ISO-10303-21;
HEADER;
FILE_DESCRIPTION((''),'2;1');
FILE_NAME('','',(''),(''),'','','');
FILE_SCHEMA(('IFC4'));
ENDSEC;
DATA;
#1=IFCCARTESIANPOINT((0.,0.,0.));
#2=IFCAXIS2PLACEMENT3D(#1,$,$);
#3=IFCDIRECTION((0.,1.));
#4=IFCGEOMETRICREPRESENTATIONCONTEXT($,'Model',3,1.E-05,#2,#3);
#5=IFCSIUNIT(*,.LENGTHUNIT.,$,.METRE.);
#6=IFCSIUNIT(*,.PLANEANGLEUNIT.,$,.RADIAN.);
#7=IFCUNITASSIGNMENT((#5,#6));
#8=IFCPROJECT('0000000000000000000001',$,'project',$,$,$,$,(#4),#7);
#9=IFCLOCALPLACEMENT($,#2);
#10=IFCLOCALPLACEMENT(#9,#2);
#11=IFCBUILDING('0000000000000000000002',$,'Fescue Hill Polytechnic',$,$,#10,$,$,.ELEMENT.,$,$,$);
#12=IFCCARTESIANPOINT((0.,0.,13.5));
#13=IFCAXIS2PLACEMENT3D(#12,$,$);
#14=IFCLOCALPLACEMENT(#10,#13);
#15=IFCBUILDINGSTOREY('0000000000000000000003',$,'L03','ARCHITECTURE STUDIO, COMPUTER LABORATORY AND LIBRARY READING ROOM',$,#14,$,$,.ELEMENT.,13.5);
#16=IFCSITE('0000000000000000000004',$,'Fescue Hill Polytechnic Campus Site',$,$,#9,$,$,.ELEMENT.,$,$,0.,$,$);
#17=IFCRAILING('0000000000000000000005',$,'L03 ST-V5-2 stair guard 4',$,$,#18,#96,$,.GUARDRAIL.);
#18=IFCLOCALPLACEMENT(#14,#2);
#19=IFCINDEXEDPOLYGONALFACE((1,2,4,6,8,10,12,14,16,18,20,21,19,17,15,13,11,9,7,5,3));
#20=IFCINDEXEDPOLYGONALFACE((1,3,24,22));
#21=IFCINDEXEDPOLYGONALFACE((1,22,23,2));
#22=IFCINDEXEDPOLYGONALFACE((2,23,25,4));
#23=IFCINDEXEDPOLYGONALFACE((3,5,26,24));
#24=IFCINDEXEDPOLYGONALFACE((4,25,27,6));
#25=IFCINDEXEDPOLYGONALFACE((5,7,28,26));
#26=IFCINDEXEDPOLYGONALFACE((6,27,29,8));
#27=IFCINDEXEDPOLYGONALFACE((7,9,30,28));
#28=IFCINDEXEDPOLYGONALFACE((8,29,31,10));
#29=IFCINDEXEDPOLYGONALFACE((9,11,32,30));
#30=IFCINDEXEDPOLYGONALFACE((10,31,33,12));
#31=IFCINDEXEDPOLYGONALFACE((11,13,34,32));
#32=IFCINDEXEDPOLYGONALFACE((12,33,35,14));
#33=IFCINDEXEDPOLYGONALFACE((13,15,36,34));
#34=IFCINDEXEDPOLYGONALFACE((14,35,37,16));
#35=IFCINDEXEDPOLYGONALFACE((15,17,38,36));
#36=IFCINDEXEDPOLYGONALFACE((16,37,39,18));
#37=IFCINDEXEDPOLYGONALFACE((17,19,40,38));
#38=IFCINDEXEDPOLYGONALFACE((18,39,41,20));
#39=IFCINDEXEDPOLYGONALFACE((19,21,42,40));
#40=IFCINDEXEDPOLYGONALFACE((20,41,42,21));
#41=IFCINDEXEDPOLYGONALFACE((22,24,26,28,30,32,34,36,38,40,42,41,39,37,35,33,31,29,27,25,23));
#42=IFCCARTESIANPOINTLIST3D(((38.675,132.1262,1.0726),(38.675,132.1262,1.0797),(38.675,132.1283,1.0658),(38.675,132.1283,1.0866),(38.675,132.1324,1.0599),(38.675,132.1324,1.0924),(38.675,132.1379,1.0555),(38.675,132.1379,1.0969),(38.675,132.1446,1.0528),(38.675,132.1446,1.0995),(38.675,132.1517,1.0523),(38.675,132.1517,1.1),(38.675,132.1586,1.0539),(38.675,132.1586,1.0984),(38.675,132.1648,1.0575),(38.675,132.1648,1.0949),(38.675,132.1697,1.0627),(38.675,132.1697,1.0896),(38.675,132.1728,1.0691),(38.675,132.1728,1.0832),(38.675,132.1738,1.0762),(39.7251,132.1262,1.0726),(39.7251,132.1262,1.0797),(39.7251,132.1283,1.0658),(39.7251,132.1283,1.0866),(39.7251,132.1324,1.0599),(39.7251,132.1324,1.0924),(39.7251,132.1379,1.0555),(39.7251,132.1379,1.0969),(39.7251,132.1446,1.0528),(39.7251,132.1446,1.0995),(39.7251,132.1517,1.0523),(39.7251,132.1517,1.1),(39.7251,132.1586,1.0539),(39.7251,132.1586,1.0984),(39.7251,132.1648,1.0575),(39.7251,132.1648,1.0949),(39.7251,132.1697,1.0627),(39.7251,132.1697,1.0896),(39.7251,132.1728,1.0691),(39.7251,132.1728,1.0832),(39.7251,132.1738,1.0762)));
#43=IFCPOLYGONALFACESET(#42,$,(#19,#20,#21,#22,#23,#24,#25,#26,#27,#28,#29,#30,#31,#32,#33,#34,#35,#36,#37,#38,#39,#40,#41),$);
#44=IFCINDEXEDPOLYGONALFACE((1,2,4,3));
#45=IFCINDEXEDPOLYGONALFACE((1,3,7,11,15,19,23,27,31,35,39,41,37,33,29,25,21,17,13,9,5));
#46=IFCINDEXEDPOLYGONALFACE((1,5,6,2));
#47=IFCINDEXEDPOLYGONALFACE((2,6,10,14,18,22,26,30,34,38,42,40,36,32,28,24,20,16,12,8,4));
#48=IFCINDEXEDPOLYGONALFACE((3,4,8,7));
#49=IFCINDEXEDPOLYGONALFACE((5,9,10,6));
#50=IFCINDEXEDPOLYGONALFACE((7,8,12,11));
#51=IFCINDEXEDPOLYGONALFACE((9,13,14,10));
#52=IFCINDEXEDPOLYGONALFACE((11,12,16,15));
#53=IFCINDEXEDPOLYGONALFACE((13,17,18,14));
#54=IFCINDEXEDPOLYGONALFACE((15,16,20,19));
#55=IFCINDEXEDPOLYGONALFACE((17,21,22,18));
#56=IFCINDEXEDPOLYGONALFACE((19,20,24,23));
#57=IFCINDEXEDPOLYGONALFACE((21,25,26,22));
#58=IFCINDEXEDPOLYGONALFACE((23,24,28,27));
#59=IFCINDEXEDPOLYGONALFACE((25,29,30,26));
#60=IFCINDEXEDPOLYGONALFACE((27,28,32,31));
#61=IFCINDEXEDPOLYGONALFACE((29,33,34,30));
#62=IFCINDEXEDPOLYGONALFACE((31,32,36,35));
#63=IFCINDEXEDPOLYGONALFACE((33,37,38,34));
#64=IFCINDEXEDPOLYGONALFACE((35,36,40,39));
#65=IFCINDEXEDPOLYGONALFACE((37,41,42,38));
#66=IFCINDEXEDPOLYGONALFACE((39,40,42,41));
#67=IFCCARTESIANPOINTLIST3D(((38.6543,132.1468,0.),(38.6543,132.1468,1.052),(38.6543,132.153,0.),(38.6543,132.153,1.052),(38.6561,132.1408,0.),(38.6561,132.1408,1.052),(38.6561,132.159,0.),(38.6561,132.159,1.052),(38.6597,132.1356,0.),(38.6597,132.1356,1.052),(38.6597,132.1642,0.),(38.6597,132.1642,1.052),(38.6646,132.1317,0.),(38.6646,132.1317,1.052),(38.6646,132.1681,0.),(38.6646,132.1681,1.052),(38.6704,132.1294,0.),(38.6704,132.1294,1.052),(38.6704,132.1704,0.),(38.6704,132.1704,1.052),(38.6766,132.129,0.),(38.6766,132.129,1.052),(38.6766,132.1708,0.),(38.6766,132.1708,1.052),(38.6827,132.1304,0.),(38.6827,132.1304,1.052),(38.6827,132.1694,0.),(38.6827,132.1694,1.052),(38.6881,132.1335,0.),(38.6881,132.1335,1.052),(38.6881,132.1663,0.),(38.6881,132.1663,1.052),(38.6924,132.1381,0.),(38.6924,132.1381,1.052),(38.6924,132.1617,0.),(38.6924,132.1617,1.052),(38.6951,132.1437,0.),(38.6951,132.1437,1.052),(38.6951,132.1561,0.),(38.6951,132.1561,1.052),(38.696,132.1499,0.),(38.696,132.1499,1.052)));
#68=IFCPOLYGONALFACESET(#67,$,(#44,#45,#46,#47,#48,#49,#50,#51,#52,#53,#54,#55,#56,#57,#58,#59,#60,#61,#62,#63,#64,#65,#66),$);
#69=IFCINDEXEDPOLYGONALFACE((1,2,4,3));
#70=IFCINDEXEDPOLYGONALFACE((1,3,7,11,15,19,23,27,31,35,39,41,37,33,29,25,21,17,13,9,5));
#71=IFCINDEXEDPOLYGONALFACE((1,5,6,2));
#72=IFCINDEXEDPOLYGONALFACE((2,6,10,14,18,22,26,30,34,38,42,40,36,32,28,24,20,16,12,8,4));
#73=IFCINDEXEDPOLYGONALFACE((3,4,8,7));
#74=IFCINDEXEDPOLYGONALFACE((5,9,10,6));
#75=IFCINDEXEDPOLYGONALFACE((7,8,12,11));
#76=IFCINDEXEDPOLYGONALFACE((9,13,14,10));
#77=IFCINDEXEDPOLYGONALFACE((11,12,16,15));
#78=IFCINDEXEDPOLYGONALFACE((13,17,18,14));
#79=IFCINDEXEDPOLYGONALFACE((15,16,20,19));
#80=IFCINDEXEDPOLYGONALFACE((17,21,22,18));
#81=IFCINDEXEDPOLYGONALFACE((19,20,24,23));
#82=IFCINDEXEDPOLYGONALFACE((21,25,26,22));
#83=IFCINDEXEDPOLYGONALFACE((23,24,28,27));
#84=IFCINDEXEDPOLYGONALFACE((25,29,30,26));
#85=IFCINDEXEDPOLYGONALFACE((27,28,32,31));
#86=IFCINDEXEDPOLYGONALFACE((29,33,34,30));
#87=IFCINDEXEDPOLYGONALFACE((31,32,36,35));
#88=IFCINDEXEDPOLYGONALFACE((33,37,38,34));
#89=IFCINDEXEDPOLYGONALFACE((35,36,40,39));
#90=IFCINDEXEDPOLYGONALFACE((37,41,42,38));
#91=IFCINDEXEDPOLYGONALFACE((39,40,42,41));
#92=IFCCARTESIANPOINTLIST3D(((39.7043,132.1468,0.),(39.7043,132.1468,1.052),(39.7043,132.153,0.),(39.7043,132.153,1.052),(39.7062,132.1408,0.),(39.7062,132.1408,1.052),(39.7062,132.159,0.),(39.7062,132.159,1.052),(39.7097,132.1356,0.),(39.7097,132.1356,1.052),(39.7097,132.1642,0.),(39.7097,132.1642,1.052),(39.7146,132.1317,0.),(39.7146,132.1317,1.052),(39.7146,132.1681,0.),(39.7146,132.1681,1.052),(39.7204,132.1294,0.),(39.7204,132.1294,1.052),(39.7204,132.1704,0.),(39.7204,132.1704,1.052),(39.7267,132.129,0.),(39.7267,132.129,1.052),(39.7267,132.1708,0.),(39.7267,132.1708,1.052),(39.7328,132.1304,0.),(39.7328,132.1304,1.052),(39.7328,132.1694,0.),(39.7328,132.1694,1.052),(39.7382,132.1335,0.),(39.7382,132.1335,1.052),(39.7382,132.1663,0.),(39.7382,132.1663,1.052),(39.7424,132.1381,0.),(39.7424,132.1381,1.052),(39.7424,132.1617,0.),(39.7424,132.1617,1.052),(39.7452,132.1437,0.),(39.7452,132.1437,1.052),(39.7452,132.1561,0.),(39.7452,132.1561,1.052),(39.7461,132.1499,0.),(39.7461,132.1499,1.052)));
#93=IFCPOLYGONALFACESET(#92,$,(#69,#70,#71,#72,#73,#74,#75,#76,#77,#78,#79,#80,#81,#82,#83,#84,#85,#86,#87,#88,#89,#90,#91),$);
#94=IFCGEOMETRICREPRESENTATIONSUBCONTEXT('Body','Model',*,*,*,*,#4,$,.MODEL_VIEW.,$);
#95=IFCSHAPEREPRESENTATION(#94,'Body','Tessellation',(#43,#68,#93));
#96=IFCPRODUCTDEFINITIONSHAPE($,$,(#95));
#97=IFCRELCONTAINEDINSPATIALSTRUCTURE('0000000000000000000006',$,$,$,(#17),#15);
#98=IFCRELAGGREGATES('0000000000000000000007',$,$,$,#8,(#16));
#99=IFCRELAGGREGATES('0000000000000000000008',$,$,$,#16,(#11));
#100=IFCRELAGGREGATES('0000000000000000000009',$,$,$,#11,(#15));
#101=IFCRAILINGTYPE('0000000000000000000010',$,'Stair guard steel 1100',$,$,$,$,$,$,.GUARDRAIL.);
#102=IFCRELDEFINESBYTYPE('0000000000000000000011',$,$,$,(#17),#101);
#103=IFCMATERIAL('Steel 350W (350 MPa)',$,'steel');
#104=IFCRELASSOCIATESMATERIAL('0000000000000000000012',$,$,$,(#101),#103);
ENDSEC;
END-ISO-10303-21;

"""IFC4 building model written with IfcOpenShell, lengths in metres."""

from ifc_helpers import new_model, si_unit, direction, frame, origin, origin_2d, place, context, subcontext, project, spatial, circle, extrude, material, type_object, element, save


model = new_model("IFC4")

# Units and contexts
model_context = context("Model", 3, precision=1e-05, world=origin(), true_north=direction((0.0, 1.0)))
body_context = subcontext(model_context, "Body", "Model", "MODEL_VIEW")
ifc_project = project(units=[si_unit("LENGTHUNIT", "METRE"), si_unit("PLANEANGLEUNIT", "RADIAN")], contexts=[model_context])

# Site, building, storey
site_placement = place(None, origin())
site = spatial("IfcSite", under=ifc_project, at=site_placement, Name="Fescue Hill Polytechnic Campus Site", CompositionType="ELEMENT", RefElevation=0.0)
building_placement = place(site_placement, origin())
building = spatial("IfcBuilding", under=site, at=building_placement, Name="Fescue Hill Polytechnic", CompositionType="ELEMENT")
storey_placement = place(building_placement, frame((0.0, 0.0, 13.5)))
storey = spatial("IfcBuildingStorey", under=building, at=storey_placement, Name="L03", Description="ARCHITECTURE STUDIO, COMPUTER LABORATORY AND LIBRARY READING ROOM", CompositionType="ELEMENT", Elevation=13.5)

# Railing
ifc_material_1 = material(Name="Steel 350W (350 MPa)", Category="steel")
railing_type_1 = type_object("IfcRailingType", Name="Stair guard steel 1100", PredefinedType="GUARDRAIL", material=ifc_material_1)
railing_1_placement = place(storey_placement, frame((38.675, 132.1499, 0.0)))
element("IfcRailing", 1, at=railing_1_placement, inside=storey, type_object=railing_type_1, Name="L03 ST-V5-2 stair guard 4", PredefinedType="GUARDRAIL", context=body_context, shape_type="SweptSolid", body=[
    extrude(circle(Radius=0.0239, at=origin_2d()), frame((0.0, 0.0, 1.0762), z_axis=(1.0, 0.0, 0.0), x_axis=(0.0, 1.0, 0.0)), (0.0, 0.0, 1.0), 1.05),
    extrude(circle(Radius=0.021, at=origin_2d()), origin(), (0.0, 0.0, 1.0), 1.052),
    extrude(circle(Radius=0.021, at=origin_2d()), frame((1.05, 0.0, 0.0)), (0.0, 0.0, 1.0), 1.052),
])

save(model, "model.ifc")
